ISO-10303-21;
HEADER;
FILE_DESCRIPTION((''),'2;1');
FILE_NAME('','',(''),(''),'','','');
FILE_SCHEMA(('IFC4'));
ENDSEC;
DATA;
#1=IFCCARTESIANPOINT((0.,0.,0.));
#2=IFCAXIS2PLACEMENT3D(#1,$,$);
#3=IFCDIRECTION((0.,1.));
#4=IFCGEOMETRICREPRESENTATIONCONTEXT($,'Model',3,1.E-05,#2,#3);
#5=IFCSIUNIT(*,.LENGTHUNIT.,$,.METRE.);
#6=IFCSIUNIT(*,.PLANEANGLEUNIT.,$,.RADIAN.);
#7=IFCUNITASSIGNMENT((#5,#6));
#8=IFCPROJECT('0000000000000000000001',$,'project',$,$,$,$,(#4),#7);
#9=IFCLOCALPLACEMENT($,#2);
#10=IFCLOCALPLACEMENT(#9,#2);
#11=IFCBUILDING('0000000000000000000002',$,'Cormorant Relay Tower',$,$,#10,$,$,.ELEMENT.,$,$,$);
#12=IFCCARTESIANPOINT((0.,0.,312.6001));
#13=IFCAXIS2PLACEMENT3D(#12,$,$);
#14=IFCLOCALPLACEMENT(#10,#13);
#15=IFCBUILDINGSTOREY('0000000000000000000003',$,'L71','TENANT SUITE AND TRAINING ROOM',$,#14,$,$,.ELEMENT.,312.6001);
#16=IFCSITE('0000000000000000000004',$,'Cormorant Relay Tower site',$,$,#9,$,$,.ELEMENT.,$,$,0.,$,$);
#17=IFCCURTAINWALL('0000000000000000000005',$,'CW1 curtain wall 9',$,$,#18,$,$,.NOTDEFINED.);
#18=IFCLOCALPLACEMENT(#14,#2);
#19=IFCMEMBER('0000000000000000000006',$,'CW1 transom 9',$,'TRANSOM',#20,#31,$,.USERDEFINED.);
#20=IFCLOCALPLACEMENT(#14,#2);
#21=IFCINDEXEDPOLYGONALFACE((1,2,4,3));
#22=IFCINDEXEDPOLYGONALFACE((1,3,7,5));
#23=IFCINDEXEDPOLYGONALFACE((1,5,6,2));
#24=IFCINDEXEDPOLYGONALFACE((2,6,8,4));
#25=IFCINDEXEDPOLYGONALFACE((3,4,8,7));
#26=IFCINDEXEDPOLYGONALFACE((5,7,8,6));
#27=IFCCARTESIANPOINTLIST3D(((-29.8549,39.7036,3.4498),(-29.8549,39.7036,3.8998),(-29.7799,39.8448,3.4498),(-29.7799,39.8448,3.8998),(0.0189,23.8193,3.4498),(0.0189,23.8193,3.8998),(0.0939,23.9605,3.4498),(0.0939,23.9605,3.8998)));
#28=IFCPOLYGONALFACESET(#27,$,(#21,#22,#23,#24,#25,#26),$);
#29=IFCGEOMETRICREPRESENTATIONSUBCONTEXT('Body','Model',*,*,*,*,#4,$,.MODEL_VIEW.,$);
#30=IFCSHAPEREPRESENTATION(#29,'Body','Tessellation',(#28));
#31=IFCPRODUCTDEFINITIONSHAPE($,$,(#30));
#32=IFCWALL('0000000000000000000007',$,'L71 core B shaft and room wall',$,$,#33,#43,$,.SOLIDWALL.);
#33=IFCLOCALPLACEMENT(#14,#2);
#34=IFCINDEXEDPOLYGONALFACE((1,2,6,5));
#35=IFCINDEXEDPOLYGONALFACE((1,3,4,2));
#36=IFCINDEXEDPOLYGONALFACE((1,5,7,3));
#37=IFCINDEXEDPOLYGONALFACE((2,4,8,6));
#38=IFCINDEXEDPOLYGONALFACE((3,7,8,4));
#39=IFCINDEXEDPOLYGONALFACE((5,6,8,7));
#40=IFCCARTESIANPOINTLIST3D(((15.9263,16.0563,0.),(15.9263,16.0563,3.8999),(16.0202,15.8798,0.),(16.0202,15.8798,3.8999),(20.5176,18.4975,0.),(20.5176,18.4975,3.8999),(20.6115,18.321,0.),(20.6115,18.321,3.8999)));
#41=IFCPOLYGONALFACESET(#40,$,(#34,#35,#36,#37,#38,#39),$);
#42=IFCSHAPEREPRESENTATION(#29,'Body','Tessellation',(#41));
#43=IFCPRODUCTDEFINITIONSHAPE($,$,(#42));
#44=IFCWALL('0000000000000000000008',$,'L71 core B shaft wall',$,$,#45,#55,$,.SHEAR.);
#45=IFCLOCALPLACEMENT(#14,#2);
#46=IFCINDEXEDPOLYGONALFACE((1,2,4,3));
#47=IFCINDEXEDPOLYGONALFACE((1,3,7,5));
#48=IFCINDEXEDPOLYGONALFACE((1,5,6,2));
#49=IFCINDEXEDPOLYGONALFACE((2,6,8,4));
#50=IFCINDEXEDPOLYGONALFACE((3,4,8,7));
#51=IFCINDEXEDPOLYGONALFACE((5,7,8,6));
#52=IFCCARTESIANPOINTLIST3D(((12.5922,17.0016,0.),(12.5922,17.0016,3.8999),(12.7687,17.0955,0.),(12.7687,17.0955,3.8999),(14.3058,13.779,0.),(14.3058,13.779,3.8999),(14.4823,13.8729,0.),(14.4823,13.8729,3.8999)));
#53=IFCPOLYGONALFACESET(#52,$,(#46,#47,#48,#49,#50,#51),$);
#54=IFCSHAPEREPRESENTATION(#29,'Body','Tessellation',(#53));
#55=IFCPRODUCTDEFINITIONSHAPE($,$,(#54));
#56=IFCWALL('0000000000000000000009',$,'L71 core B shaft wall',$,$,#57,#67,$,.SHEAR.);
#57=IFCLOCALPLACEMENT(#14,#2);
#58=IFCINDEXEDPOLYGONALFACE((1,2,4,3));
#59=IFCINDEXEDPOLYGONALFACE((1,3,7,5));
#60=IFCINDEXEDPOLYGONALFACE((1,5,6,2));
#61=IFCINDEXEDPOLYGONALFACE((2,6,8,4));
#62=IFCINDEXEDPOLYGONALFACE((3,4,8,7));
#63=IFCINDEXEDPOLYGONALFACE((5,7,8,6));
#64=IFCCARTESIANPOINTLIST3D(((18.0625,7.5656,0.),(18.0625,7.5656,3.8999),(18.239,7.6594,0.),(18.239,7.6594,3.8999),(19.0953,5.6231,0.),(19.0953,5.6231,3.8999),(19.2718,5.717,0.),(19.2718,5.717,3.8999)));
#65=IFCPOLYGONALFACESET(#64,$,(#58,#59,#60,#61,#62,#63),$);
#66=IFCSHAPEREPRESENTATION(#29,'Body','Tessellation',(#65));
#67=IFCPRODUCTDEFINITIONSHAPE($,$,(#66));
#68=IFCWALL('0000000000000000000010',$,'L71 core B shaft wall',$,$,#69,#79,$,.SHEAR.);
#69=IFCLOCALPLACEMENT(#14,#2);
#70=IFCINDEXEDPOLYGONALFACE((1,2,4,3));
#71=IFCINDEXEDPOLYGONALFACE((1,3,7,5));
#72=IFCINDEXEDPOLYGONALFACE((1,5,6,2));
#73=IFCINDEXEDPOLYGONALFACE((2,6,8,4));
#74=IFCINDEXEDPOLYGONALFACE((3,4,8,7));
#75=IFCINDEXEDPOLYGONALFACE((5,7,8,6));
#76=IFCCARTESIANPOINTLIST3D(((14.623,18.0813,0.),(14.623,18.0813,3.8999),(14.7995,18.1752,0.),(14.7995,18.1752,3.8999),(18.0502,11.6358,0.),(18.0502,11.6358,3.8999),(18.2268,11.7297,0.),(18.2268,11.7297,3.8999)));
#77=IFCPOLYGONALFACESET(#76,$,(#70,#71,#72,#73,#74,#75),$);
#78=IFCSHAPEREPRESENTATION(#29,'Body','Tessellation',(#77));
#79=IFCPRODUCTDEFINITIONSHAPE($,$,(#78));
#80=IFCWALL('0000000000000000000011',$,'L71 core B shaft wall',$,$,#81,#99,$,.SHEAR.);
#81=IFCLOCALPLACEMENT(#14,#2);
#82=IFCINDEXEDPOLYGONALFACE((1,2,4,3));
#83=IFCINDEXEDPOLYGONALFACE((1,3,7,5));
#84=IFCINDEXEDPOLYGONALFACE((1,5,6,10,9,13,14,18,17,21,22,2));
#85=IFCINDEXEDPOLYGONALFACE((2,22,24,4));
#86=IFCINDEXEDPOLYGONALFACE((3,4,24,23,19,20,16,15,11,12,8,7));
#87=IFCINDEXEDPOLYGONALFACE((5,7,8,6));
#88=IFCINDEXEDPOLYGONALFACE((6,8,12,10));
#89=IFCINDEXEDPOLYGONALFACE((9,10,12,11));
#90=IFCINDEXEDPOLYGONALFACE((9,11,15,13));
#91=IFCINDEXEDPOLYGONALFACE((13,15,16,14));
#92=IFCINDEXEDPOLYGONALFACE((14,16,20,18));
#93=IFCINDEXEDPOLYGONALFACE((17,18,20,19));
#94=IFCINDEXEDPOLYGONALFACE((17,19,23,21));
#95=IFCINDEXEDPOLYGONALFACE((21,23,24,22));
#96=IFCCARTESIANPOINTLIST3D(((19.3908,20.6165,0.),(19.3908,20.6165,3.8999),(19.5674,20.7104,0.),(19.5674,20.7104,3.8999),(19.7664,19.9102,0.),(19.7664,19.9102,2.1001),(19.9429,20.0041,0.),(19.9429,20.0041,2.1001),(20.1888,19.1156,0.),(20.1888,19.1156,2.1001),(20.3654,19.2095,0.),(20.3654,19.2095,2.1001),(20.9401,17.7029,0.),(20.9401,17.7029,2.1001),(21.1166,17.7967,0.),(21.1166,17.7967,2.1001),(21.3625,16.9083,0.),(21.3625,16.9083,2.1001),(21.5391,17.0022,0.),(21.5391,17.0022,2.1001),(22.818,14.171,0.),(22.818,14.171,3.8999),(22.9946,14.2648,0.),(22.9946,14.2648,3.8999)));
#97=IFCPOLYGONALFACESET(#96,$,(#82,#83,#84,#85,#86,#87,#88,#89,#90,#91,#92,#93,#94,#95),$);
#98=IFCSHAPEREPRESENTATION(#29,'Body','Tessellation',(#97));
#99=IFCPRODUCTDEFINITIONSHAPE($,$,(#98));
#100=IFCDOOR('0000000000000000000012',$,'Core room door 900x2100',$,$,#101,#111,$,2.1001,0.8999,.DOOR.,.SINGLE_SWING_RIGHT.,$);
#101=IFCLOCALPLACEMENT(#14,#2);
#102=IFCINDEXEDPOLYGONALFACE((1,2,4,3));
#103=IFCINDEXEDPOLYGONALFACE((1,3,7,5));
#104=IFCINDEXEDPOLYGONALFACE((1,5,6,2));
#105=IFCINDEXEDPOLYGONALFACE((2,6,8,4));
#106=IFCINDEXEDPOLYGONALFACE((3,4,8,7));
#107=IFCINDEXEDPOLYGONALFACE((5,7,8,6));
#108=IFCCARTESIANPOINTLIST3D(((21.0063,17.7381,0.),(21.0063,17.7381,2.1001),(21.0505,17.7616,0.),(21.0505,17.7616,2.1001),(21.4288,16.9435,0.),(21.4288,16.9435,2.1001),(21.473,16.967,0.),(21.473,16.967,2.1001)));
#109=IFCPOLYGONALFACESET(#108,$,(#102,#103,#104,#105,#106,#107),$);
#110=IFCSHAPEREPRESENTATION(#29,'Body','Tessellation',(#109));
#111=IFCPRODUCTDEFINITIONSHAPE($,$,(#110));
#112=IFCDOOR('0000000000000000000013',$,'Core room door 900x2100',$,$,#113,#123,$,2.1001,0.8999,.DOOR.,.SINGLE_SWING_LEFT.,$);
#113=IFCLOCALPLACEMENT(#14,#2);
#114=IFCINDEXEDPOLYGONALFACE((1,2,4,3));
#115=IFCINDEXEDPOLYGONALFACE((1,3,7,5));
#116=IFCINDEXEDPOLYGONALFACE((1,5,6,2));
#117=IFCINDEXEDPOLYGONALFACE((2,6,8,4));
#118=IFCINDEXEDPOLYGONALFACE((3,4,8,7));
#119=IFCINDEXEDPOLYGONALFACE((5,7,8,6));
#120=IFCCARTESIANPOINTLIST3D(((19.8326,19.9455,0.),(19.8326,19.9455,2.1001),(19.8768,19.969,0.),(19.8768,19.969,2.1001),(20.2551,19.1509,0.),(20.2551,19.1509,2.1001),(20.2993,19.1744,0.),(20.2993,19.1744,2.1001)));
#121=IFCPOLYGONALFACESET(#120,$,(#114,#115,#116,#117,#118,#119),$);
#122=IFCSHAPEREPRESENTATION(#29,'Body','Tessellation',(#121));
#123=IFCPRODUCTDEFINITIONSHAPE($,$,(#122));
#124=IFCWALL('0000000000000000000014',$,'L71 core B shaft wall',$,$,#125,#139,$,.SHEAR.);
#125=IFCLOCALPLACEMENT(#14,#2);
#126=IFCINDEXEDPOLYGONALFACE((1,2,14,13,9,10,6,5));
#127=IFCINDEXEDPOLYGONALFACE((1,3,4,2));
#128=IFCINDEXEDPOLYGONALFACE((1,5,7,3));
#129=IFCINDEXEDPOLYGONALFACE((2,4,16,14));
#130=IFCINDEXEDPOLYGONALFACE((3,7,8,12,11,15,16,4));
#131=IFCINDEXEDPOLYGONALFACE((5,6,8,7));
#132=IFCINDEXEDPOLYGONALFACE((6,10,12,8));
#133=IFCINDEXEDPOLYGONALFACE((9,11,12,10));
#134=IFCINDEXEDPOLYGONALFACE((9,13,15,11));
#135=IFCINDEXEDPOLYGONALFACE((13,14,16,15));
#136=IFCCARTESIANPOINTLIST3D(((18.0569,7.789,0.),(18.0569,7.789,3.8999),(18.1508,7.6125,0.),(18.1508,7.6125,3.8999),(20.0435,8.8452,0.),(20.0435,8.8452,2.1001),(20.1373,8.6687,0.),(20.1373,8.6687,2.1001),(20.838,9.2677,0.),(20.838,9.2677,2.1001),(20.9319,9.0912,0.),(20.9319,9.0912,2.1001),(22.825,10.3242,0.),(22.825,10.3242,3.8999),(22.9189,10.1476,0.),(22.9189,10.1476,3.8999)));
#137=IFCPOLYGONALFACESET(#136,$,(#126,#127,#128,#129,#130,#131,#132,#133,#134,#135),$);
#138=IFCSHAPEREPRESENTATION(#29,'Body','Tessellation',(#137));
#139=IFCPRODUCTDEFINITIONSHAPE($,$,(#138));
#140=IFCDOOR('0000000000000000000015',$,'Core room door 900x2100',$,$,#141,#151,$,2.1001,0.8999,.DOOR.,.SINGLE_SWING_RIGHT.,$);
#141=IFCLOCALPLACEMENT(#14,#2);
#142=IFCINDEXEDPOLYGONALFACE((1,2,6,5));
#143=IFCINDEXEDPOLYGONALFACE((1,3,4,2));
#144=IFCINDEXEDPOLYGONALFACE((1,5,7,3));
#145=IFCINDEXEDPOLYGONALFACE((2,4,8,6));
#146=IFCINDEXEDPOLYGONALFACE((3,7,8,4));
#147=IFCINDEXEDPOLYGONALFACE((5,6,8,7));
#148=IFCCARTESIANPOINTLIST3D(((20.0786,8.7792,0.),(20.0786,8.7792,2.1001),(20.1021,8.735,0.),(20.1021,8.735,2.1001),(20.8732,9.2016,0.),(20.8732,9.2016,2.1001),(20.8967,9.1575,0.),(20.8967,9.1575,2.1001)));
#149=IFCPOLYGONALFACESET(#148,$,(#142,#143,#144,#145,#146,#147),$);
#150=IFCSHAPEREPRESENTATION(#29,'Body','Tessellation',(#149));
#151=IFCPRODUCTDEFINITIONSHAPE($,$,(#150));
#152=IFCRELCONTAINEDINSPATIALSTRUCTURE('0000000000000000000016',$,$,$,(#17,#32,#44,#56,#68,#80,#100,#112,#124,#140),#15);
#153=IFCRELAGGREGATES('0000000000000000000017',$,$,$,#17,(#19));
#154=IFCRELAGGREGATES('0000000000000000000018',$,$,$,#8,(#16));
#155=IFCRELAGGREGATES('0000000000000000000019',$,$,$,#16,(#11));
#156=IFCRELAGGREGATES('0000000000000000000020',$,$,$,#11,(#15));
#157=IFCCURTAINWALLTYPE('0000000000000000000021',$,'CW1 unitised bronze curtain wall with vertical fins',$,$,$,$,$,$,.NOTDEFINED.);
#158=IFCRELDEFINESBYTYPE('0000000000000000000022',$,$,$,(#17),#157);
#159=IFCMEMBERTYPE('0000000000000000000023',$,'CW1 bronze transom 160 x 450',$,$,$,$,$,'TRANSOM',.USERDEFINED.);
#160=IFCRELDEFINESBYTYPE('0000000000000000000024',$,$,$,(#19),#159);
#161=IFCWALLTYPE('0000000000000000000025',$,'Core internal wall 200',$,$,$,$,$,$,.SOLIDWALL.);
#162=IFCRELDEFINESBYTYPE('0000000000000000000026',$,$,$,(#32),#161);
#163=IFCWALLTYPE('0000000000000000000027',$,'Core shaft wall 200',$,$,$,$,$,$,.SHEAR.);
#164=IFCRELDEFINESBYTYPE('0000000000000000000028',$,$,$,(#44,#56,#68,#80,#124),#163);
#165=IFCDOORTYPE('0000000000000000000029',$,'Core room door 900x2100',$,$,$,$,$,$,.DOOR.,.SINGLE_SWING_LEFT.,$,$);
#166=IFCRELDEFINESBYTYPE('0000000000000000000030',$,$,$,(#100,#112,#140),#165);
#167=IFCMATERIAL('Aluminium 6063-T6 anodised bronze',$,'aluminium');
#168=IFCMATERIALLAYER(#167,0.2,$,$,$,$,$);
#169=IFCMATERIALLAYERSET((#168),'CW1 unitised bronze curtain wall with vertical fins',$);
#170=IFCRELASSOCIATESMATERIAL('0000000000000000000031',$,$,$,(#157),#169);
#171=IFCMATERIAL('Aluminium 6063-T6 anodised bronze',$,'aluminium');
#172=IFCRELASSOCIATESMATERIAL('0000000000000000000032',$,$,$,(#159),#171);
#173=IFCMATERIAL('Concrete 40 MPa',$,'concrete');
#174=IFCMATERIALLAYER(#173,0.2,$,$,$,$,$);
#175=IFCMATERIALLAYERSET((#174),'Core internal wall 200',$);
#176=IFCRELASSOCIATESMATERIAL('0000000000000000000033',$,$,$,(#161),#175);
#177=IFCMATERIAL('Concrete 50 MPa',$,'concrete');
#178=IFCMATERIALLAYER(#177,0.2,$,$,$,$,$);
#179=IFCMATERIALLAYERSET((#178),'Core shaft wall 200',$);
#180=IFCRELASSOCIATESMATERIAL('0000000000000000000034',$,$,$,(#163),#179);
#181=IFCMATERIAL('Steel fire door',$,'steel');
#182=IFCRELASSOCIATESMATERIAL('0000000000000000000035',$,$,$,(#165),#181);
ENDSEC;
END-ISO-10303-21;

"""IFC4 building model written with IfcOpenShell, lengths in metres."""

from ifc_helpers import new_model, si_unit, direction, frame, frame_2d, origin, origin_2d, place, context, subcontext, project, spatial, rectangle, extrude, material, layer, layer_set, material_profile, profile_set, type_object, element, fill, aggregate, save


model = new_model("IFC4")

# Units and contexts
model_context = context("Model", 3, precision=1e-05, world=origin(), true_north=direction((0.0, 1.0)))
body_context = subcontext(model_context, "Body", "Model", "MODEL_VIEW")
ifc_project = project(units=[si_unit("LENGTHUNIT", "METRE"), si_unit("PLANEANGLEUNIT", "RADIAN")], contexts=[model_context])

# Site, building, storey
site_placement = place(None, origin())
site = spatial("IfcSite", under=ifc_project, at=site_placement, Name="Cormorant Relay Tower site", CompositionType="ELEMENT", RefElevation=0.0)
building_placement = place(site_placement, origin())
building = spatial("IfcBuilding", under=site, at=building_placement, Name="Cormorant Relay Tower", CompositionType="ELEMENT")
storey_placement = place(building_placement, frame((0.0, 0.0, 312.6001)))
storey = spatial("IfcBuildingStorey", under=building, at=storey_placement, Name="L71", Description="TENANT SUITE AND TRAINING ROOM", CompositionType="ELEMENT", Elevation=312.6001)

# Curtain wall, member
ifc_material_1 = material(Name="Aluminium 6063-T6 anodised bronze", Category="aluminium")
ifc_layer_1 = layer(ifc_material_1, 0.2)
ifc_layer_set_1 = layer_set([ifc_layer_1], Name="CW1 unitised bronze curtain wall with vertical fins")
curtain_wall_type = type_object("IfcCurtainWallType", Name="CW1 unitised bronze curtain wall with vertical fins", PredefinedType="NOTDEFINED", material=ifc_layer_set_1)
curtain_wall_placement = place(storey_placement, origin())
curtain_wall = element("IfcCurtainWall", 1, at=curtain_wall_placement, inside=storey, type_object=curtain_wall_type, Name="CW1 curtain wall 9", PredefinedType="NOTDEFINED")
ifc_material_2 = material(Name="Aluminium 6063-T6 anodised bronze", Category="aluminium")
ifc_material_profile_1 = material_profile(ifc_material_2, rectangle(XDim=0.1599, YDim=0.45, at=origin_2d()), Name="AL 160x450")
ifc_profile_set_1 = profile_set([ifc_material_profile_1], Name="Aluminium 6063-T6 anodised bronze")
member_type = type_object("IfcMemberType", Name="CW1 bronze transom 160 x 450", ElementType="TRANSOM", PredefinedType="USERDEFINED", material=ifc_profile_set_1)
member_placement = place(storey_placement, frame((0.0564, 23.8899, 3.6748), z_axis=(-0.882946, 0.469474, 0.0), x_axis=(-0.469474, -0.882946, 0.0)))
member = element("IfcMember", 2, at=member_placement, type_object=member_type, Name="CW1 transom 9", ObjectType="TRANSOM", PredefinedType="USERDEFINED", context=body_context, shape_type="SweptSolid", body=[
    extrude(rectangle(XDim=0.1599, YDim=0.45, at=origin_2d()), origin(), (0.0, 0.0, 1.0), 33.8342),
])
aggregate(curtain_wall, [member])

# Walls
ifc_material_3 = material(Name="Concrete 40 MPa", Category="concrete")
ifc_layer_2 = layer(ifc_material_3, 0.2)
ifc_layer_set_2 = layer_set([ifc_layer_2], Name="Core internal wall 200")
wall_type_1 = type_object("IfcWallType", Name="Core internal wall 200", PredefinedType="SOLIDWALL", material=ifc_layer_set_2)
wall_1_placement = place(storey_placement, frame((15.9731, 15.968, 0.0), z_axis=(0.0, 0.0, 1.0), x_axis=(0.882954, 0.46946, 0.0)))
element("IfcWall", 3, at=wall_1_placement, inside=storey, type_object=wall_type_1, Name="L71 core B shaft and room wall", PredefinedType="SOLIDWALL", context=body_context, shape_type="SweptSolid", body=[
    extrude(rectangle(XDim=5.2, YDim=0.2, at=frame_2d((2.6001, 0.0))), origin(), (0.0, 0.0, 1.0), 3.8999),
])
ifc_material_4 = material(Name="Concrete 50 MPa", Category="concrete")
ifc_layer_3 = layer(ifc_material_4, 0.2)
ifc_layer_set_3 = layer_set([ifc_layer_3], Name="Core shaft wall 200")
wall_type_2 = type_object("IfcWallType", Name="Core shaft wall 200", PredefinedType="SHEAR", material=ifc_layer_set_3)
wall_2_placement = place(storey_placement, frame((14.394, 13.8259, 0.0), z_axis=(0.0, 0.0, 1.0), x_axis=(-0.469494, 0.882936, 0.0)))
element("IfcWall", 4, at=wall_2_placement, inside=storey, type_object=wall_type_2, Name="L71 core B shaft wall", PredefinedType="SHEAR", context=body_context, shape_type="SweptSolid", body=[
    extrude(rectangle(XDim=3.6499, YDim=0.2, at=frame_2d((1.825, 0.0))), origin(), (0.0, 0.0, 1.0), 3.8999),
])
wall_3_placement = place(storey_placement, frame((19.1836, 5.6699, 0.0), z_axis=(0.0, 0.0, 1.0), x_axis=(-0.469447, 0.88296, 0.0)))
element("IfcWall", 5, at=wall_3_placement, inside=storey, type_object=wall_type_2, Name="L71 core B shaft wall", PredefinedType="SHEAR", context=body_context, shape_type="SweptSolid", body=[
    extrude(rectangle(XDim=2.2, YDim=0.2, at=frame_2d((1.1001, 0.0))), origin(), (0.0, 0.0, 1.0), 3.8999),
])
wall_4_placement = place(storey_placement, frame((18.1384, 11.6829, 0.0), z_axis=(0.0, 0.0, 1.0), x_axis=(-0.46948, 0.882943, 0.0)))
element("IfcWall", 6, at=wall_4_placement, inside=storey, type_object=wall_type_2, Name="L71 core B shaft wall", PredefinedType="SHEAR", context=body_context, shape_type="SweptSolid", body=[
    extrude(rectangle(XDim=7.3, YDim=0.2, at=frame_2d((3.6499, 0.0))), origin(), (0.0, 0.0, 1.0), 3.8999),
])

# Wall, openings, doors
wall_5_placement = place(storey_placement, frame((22.9062, 14.218, 0.0), z_axis=(0.0, 0.0, 1.0), x_axis=(-0.46948, 0.882943, 0.0)))
wall_5 = element("IfcWall", 7, at=wall_5_placement, inside=storey, type_object=wall_type_2, Name="L71 core B shaft wall", PredefinedType="SHEAR", context=body_context, shape_type="SweptSolid", body=[
    extrude(rectangle(XDim=7.3, YDim=0.2, at=frame_2d((3.6499, 0.0))), origin(), (0.0, 0.0, 1.0), 3.8999),
])
opening_1_placement = place(wall_5_placement, frame((3.1001, 0.0, 0.0)))
opening_1 = element("IfcOpeningElement", 8, at=opening_1_placement, cuts=wall_5, PredefinedType="OPENING", context=body_context, shape_type="SweptSolid", body=[
    extrude(rectangle(XDim=0.8999, YDim=2.1001, at=frame_2d((0.45, 1.05))), frame((0.0, 0.1099, 0.0), z_axis=(0.0, -1.0, 0.0), x_axis=(1.0, 0.0, 0.0)), (0.0, 0.0, 1.0), 0.22),
])
opening_2_placement = place(wall_5_placement, frame((5.6001, 0.0, 0.0)))
opening_2 = element("IfcOpeningElement", 9, at=opening_2_placement, cuts=wall_5, PredefinedType="OPENING", context=body_context, shape_type="SweptSolid", body=[
    extrude(rectangle(XDim=0.8999, YDim=2.1001, at=frame_2d((0.45, 1.05))), frame((0.0, 0.1099, 0.0), z_axis=(0.0, -1.0, 0.0), x_axis=(1.0, 0.0, 0.0)), (0.0, 0.0, 1.0), 0.22),
])
ifc_material_5 = material(Name="Steel fire door", Category="steel")
door_type_1 = type_object("IfcDoorType", Name="Core room door 900x2100", OperationType="SINGLE_SWING_LEFT", PredefinedType="DOOR", material=ifc_material_5)
door_1_placement = place(opening_1_placement, origin())
door_1 = element("IfcDoor", 10, at=door_1_placement, inside=storey, type_object=door_type_1, Name="Core room door 900x2100", OperationType="SINGLE_SWING_RIGHT", OverallHeight=2.1001, OverallWidth=0.8999, PredefinedType="DOOR", context=body_context, shape_type="SweptSolid", body=[
    extrude(rectangle(XDim=0.8999, YDim=2.1001, at=frame_2d((0.45, 1.05))), frame((0.0, 0.0249, 0.0), z_axis=(0.0, -1.0, 0.0), x_axis=(1.0, 0.0, 0.0)), (0.0, 0.0, 1.0), 0.05),
])
fill(opening_1, door_1)
door_2_placement = place(opening_2_placement, origin())
door_2 = element("IfcDoor", 11, at=door_2_placement, inside=storey, type_object=door_type_1, Name="Core room door 900x2100", OperationType="SINGLE_SWING_LEFT", OverallHeight=2.1001, OverallWidth=0.8999, PredefinedType="DOOR", context=body_context, shape_type="SweptSolid", body=[
    extrude(rectangle(XDim=0.8999, YDim=2.1001, at=frame_2d((0.45, 1.05))), frame((0.0, 0.0249, 0.0), z_axis=(0.0, -1.0, 0.0), x_axis=(1.0, 0.0, 0.0)), (0.0, 0.0, 1.0), 0.05),
])
fill(opening_2, door_2)

# Wall, opening, door
wall_6_placement = place(storey_placement, frame((18.1038, 7.7007, 0.0), z_axis=(0.0, 0.0, 1.0), x_axis=(0.882953, 0.469462, 0.0)))
wall_6 = element("IfcWall", 12, at=wall_6_placement, inside=storey, type_object=wall_type_2, Name="L71 core B shaft wall", PredefinedType="SHEAR", context=body_context, shape_type="SweptSolid", body=[
    extrude(rectangle(XDim=5.4001, YDim=0.2, at=frame_2d((2.7002, 0.0))), origin(), (0.0, 0.0, 1.0), 3.8999),
])
opening_3_placement = place(wall_6_placement, frame((2.25, 0.0, 0.0)))
opening_3 = element("IfcOpeningElement", 13, at=opening_3_placement, cuts=wall_6, PredefinedType="OPENING", context=body_context, shape_type="SweptSolid", body=[
    extrude(rectangle(XDim=0.8999, YDim=2.1001, at=frame_2d((0.45, 1.05))), frame((0.0, 0.1099, 0.0), z_axis=(0.0, -1.0, 0.0), x_axis=(1.0, 0.0, 0.0)), (0.0, 0.0, 1.0), 0.22),
])
door_3_placement = place(opening_3_placement, frame((0.8999, 0.0, 0.0), z_axis=(0.0, 0.0, 1.0), x_axis=(-1.0, 0.0, 0.0)))
door_3 = element("IfcDoor", 14, at=door_3_placement, inside=storey, type_object=door_type_1, Name="Core room door 900x2100", OperationType="SINGLE_SWING_RIGHT", OverallHeight=2.1001, OverallWidth=0.8999, PredefinedType="DOOR", context=body_context, shape_type="SweptSolid", body=[
    extrude(rectangle(XDim=0.8999, YDim=2.1001, at=frame_2d((0.45, 1.05))), frame((0.0, 0.0249, 0.0), z_axis=(0.0, -1.0, 0.0), x_axis=(1.0, 0.0, 0.0)), (0.0, 0.0, 1.0), 0.05),
])
fill(opening_3, door_3)

save(model, "model.ifc")
